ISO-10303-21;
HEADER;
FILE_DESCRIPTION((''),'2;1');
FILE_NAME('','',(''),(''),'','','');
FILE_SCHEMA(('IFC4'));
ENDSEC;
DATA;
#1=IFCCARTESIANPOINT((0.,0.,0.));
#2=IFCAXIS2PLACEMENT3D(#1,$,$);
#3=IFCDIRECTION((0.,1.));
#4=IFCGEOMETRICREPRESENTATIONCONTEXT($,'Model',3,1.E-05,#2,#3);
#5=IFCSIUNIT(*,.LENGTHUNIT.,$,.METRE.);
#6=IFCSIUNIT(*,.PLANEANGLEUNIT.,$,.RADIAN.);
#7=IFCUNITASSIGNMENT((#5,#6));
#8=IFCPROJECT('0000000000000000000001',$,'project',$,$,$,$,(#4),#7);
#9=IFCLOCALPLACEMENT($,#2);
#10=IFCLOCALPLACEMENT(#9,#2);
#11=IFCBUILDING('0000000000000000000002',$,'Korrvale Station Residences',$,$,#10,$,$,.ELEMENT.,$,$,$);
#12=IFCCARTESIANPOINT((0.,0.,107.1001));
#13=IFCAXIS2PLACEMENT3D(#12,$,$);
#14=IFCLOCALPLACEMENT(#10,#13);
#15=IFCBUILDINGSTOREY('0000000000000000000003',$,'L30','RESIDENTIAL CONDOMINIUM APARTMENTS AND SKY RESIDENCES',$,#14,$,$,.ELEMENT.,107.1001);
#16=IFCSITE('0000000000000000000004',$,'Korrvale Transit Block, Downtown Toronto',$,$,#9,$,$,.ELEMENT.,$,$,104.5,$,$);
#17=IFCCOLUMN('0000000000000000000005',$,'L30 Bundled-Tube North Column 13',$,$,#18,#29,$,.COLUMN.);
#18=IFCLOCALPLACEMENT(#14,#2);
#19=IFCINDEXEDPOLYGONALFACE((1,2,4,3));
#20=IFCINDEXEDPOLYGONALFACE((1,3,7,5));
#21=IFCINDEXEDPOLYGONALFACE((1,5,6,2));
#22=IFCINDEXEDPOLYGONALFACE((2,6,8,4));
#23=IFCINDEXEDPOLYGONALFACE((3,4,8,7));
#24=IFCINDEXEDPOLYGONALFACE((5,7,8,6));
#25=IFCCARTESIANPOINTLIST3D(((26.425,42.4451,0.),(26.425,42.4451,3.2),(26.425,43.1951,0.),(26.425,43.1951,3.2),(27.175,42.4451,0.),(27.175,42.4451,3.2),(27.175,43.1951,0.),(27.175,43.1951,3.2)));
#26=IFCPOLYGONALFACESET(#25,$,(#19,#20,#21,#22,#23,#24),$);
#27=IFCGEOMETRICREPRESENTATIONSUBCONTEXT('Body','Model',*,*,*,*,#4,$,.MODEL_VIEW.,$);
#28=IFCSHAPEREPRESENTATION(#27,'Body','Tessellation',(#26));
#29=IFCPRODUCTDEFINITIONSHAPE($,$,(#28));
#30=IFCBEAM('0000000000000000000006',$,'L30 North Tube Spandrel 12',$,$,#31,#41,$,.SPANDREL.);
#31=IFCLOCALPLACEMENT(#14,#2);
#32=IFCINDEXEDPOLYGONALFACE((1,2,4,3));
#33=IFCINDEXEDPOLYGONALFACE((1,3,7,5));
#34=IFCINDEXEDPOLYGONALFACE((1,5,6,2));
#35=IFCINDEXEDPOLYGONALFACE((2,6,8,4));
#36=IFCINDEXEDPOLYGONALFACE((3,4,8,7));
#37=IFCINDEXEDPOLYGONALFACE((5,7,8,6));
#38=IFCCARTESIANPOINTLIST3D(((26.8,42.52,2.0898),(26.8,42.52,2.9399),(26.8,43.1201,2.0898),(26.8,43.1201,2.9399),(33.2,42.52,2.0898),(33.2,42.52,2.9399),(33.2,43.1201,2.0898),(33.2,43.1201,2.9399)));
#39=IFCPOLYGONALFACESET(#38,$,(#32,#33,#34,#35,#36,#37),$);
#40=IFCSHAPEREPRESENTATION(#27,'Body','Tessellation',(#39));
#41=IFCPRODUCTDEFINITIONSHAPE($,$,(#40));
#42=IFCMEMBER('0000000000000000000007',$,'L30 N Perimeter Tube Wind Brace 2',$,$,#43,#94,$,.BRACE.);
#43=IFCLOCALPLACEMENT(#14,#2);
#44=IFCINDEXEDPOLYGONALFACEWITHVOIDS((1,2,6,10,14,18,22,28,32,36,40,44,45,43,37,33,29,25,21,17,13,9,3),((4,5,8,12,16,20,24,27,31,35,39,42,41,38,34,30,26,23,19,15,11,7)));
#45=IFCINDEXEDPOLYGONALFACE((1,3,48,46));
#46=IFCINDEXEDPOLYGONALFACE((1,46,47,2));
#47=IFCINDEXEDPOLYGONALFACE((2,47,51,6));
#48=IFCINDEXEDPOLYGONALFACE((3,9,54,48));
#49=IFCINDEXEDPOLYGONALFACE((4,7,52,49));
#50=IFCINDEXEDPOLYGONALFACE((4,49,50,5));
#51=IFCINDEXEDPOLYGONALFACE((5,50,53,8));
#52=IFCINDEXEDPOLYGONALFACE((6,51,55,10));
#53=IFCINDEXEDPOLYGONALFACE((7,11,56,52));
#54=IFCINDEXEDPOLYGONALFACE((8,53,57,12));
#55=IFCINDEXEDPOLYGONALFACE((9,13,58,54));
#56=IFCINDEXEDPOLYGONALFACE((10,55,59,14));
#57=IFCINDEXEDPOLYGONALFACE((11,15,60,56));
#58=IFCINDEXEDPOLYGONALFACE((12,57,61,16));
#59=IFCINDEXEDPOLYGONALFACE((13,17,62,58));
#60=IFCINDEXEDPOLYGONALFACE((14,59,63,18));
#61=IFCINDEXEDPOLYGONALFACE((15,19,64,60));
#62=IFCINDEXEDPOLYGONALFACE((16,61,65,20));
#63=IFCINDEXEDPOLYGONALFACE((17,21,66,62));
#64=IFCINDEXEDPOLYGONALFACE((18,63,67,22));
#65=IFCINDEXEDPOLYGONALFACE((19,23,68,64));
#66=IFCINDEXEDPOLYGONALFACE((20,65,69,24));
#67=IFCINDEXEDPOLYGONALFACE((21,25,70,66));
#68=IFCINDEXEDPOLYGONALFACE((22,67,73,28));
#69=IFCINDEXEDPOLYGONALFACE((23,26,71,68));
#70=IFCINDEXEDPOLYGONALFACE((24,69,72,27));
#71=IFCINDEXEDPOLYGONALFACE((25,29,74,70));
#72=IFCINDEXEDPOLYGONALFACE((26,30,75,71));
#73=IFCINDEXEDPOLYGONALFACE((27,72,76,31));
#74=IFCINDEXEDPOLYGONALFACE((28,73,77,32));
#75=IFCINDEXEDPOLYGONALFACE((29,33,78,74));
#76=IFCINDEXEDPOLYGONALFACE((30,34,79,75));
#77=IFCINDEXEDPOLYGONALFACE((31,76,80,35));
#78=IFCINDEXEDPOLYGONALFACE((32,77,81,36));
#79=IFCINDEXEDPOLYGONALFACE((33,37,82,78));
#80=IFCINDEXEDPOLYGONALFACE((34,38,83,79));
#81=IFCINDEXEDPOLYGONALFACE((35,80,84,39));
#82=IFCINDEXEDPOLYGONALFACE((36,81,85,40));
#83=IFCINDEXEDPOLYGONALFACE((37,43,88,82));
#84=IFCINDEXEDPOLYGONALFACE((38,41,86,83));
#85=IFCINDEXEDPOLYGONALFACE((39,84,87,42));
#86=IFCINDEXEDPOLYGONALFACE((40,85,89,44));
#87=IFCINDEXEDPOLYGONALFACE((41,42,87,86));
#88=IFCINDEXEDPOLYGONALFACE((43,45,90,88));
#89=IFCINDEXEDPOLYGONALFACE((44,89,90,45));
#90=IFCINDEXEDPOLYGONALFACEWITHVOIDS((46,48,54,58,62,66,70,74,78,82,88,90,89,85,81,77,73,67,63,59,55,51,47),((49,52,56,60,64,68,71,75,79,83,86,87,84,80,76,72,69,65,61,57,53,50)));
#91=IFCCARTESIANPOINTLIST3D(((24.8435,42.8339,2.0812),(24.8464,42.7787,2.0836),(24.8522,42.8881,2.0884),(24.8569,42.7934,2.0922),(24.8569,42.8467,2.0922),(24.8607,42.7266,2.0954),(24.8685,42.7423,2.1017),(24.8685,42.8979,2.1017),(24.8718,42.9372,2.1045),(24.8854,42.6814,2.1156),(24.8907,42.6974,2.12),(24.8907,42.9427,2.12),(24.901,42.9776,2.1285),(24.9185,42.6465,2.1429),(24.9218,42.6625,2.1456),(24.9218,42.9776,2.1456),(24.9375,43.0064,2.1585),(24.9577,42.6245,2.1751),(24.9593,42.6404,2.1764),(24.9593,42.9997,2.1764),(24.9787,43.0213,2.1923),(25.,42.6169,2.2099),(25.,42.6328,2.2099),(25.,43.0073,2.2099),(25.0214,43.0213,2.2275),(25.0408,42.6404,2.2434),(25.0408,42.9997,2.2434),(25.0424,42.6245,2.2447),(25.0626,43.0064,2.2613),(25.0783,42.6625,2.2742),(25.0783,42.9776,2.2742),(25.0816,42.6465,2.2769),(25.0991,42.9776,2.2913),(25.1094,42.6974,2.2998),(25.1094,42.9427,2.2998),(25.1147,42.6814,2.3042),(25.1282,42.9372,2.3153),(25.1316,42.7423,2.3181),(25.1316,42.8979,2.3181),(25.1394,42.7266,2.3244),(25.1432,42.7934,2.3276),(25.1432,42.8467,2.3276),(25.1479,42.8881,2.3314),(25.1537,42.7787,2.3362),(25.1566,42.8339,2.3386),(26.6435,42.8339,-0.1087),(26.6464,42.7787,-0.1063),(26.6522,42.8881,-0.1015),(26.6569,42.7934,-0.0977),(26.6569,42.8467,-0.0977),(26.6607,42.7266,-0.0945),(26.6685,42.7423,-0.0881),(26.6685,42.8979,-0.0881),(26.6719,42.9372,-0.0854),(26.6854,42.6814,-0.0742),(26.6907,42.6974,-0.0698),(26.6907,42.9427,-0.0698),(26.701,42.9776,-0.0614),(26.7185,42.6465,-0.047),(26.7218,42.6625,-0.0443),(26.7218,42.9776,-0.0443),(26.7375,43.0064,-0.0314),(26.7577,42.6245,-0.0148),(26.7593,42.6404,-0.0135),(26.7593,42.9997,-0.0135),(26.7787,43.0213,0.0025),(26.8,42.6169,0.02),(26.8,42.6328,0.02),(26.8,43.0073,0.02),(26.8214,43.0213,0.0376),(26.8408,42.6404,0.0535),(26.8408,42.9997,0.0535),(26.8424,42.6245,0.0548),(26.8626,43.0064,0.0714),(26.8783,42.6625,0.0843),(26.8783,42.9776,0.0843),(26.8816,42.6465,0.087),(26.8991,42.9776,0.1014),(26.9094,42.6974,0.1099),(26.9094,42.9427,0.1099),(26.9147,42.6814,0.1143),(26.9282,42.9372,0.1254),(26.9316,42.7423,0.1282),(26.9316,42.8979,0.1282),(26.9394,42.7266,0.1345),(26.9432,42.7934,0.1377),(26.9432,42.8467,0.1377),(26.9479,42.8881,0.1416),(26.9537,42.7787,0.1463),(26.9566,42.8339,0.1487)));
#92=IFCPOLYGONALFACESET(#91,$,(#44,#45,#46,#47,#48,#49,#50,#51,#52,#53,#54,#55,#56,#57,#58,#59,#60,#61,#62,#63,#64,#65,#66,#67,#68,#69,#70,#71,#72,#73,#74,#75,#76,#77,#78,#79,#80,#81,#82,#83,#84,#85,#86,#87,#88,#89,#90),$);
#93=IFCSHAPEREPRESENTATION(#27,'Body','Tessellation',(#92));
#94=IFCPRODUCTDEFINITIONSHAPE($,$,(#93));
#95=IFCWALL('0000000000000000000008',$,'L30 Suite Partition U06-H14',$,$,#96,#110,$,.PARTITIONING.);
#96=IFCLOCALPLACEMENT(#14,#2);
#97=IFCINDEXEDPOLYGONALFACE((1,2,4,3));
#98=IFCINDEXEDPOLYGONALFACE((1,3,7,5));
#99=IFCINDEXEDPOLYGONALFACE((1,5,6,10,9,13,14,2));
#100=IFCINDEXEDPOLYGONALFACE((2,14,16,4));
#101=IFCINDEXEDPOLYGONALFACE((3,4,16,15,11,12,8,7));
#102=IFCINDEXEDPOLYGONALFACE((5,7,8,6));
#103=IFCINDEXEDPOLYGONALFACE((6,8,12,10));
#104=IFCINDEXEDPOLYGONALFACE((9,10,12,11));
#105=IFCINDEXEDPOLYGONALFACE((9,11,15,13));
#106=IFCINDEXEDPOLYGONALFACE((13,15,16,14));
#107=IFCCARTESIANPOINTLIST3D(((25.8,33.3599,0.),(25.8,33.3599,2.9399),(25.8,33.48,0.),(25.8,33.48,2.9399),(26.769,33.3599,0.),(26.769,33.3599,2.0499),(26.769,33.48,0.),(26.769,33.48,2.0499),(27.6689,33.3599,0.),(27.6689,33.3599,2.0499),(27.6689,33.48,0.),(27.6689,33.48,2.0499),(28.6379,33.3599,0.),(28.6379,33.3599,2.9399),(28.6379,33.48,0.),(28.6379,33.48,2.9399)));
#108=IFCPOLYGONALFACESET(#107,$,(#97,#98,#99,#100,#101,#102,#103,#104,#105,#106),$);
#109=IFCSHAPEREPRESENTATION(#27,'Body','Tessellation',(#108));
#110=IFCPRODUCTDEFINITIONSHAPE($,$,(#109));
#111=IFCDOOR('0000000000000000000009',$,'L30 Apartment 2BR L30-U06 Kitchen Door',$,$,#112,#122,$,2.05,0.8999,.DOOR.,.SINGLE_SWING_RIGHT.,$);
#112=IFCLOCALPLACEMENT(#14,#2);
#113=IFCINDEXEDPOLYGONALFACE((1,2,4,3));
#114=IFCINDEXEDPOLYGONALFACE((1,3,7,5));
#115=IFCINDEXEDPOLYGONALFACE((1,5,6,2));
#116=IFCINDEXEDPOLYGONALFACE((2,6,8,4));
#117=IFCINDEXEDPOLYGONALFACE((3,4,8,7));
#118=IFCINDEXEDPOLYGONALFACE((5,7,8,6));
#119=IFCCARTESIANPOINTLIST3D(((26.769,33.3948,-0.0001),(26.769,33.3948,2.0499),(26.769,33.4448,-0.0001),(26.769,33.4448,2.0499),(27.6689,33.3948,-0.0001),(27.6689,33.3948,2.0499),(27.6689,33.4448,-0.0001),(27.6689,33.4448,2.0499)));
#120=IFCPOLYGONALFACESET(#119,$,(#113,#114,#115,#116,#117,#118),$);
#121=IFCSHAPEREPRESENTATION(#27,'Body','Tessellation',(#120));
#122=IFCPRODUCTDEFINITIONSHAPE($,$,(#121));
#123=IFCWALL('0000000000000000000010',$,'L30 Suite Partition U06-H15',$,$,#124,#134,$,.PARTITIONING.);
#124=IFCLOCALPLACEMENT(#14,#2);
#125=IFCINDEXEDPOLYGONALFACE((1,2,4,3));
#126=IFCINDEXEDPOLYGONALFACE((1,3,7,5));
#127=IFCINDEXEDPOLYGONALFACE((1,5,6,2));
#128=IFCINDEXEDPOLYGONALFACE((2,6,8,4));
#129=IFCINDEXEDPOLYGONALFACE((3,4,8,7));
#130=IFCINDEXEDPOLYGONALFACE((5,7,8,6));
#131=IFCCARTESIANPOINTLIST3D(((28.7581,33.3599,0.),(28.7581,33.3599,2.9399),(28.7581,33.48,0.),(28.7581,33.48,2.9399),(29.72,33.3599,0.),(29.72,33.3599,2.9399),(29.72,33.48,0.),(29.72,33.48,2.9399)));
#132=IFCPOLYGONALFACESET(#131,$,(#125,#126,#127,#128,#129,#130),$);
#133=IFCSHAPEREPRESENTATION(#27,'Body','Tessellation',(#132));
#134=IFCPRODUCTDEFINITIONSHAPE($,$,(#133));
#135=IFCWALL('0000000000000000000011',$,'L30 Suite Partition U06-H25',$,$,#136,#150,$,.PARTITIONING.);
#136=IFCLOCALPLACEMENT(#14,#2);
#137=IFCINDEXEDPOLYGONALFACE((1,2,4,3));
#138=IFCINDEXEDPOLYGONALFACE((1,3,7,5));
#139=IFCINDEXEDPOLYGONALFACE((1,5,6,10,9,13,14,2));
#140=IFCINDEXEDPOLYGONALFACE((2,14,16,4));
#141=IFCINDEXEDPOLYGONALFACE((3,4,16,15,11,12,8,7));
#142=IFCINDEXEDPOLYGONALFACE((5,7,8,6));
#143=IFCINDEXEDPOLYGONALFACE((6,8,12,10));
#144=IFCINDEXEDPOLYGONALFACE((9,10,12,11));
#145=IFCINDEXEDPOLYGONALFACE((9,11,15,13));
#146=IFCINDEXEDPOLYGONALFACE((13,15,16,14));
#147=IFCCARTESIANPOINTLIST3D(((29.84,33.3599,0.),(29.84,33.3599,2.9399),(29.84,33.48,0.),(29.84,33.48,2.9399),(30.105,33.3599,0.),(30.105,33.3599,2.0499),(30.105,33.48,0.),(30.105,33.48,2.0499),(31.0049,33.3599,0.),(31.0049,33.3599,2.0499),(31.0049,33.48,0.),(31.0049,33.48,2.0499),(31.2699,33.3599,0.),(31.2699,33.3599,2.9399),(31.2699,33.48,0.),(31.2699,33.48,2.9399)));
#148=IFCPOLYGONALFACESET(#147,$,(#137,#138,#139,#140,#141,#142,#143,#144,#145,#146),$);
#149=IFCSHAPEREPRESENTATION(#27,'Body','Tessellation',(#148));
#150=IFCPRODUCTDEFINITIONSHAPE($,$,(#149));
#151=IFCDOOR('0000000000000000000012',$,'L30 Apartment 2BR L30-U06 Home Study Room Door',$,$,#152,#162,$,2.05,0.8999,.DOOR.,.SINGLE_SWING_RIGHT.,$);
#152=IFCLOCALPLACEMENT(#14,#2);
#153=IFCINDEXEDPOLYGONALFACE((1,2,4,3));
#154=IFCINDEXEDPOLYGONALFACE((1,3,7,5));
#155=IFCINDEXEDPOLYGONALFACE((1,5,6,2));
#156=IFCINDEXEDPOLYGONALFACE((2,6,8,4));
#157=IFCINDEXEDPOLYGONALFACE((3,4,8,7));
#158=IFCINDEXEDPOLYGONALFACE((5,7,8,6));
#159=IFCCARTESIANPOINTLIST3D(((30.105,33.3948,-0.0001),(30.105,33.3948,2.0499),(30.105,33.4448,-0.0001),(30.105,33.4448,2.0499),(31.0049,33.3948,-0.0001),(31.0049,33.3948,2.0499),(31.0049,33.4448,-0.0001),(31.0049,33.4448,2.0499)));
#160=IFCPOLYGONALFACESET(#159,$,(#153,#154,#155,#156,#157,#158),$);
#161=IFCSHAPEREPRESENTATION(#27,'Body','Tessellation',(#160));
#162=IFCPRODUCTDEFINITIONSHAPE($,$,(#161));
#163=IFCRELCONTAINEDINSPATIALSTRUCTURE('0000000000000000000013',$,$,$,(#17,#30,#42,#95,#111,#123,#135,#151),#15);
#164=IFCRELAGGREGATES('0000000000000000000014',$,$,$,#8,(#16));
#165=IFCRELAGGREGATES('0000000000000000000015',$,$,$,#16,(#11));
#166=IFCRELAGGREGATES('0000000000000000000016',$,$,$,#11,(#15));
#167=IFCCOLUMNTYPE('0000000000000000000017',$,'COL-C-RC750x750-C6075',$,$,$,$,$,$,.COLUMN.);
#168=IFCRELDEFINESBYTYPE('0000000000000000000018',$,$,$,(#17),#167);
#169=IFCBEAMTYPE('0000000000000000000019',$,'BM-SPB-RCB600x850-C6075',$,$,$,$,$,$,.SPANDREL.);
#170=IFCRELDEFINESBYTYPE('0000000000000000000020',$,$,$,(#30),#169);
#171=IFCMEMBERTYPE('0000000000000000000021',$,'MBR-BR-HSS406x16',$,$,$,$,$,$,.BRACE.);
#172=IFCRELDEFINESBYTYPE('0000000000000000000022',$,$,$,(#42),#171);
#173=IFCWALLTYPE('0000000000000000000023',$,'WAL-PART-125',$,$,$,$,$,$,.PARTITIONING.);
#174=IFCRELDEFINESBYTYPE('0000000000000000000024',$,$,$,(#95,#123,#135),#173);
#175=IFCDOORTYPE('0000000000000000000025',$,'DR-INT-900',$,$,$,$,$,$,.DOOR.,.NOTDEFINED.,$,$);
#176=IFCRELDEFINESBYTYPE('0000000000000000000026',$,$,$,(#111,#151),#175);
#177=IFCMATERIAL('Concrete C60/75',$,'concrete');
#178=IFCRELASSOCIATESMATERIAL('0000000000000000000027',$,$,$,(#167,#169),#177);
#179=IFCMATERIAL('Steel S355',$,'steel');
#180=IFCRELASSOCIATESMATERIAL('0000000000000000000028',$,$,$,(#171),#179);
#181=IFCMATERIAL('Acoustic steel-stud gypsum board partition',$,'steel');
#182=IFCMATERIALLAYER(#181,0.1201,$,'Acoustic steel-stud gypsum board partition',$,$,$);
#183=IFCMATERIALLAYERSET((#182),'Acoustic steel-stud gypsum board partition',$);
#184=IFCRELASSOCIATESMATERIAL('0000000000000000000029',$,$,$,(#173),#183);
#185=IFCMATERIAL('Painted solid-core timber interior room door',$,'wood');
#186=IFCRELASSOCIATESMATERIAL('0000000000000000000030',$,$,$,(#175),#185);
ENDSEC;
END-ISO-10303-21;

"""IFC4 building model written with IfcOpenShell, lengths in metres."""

from ifc_helpers import new_model, si_unit, direction, frame, frame_2d, origin, origin_2d, place, context, subcontext, project, spatial, rectangle, hollow_circle, extrude, material, layer, layer_set, material_profile, profile_set, type_object, element, fill, save


model = new_model("IFC4")

# Units and contexts
model_context = context("Model", 3, precision=1e-05, world=origin(), true_north=direction((0.0, 1.0)))
body_context = subcontext(model_context, "Body", "Model", "MODEL_VIEW")
ifc_project = project(units=[si_unit("LENGTHUNIT", "METRE"), si_unit("PLANEANGLEUNIT", "RADIAN")], contexts=[model_context])

# Site, building, storey
site_placement = place(None, origin())
site = spatial("IfcSite", under=ifc_project, at=site_placement, Name="Korrvale Transit Block, Downtown Toronto", CompositionType="ELEMENT", RefElevation=104.5)
building_placement = place(site_placement, origin())
building = spatial("IfcBuilding", under=site, at=building_placement, Name="Korrvale Station Residences", CompositionType="ELEMENT")
storey_placement = place(building_placement, frame((0.0, 0.0, 107.1001)))
storey = spatial("IfcBuildingStorey", under=building, at=storey_placement, Name="L30", Description="RESIDENTIAL CONDOMINIUM APARTMENTS AND SKY RESIDENCES", CompositionType="ELEMENT", Elevation=107.1001)

# Column
ifc_material_1 = material(Name="Concrete C60/75", Category="concrete")
ifc_material_profile_1 = material_profile(ifc_material_1, rectangle(XDim=0.75, YDim=0.75, at=origin_2d()), Name="RC750x750")
ifc_profile_set_1 = profile_set([ifc_material_profile_1], Name="Concrete C60/75")
column_type = type_object("IfcColumnType", Name="COL-C-RC750x750-C6075", PredefinedType="COLUMN", material=ifc_profile_set_1)
column_placement = place(storey_placement, frame((26.8, 42.8201, 0.0), z_axis=(0.0, 0.0, 1.0), x_axis=(1.0, 0.0, 0.0)))
element("IfcColumn", 1, at=column_placement, inside=storey, type_object=column_type, Name="L30 Bundled-Tube North Column 13", PredefinedType="COLUMN", context=body_context, shape_type="SweptSolid", body=[
    extrude(rectangle(XDim=0.75, YDim=0.75, at=origin_2d()), origin(), (0.0, 0.0, 1.0), 3.2),
])

# Beam
ifc_material_profile_2 = material_profile(ifc_material_1, rectangle(XDim=0.6001, YDim=0.8501, at=origin_2d()), Name="RCB600x850")
ifc_profile_set_2 = profile_set([ifc_material_profile_2], Name="Concrete C60/75")
beam_type = type_object("IfcBeamType", Name="BM-SPB-RCB600x850-C6075", PredefinedType="SPANDREL", material=ifc_profile_set_2)
beam_placement = place(storey_placement, frame((26.8, 42.8201, 2.5149), z_axis=(1.0, 0.0, 0.0), x_axis=(0.0, 1.0, 0.0)))
element("IfcBeam", 2, at=beam_placement, inside=storey, type_object=beam_type, Name="L30 North Tube Spandrel 12", PredefinedType="SPANDREL", context=body_context, shape_type="SweptSolid", body=[
    extrude(rectangle(XDim=0.6001, YDim=0.8501, at=origin_2d()), origin(), (0.0, 0.0, 1.0), 6.3999),
])

# Member
ifc_material_2 = material(Name="Steel S355", Category="steel")
ifc_material_profile_3 = material_profile(ifc_material_2, hollow_circle(Radius=0.2031, WallThickness=0.0159, at=origin_2d()), Name="HSS406x16")
ifc_profile_set_3 = profile_set([ifc_material_profile_3], Name="Steel S355")
member_type = type_object("IfcMemberType", Name="MBR-BR-HSS406x16", PredefinedType="BRACE", material=ifc_profile_set_3)
member_placement = place(storey_placement, frame((26.8, 42.8201, 0.02), z_axis=(-0.634985, 0.0, 0.772524), x_axis=(0.0, -1.0, 0.0)))
element("IfcMember", 3, at=member_placement, inside=storey, type_object=member_type, Name="L30 N Perimeter Tube Wind Brace 2", PredefinedType="BRACE", context=body_context, shape_type="SweptSolid", body=[
    extrude(hollow_circle(Radius=0.2031, WallThickness=0.0159, at=origin_2d()), origin(), (0.0, 0.0, 1.0), 2.8347),
])

# Wall, opening, door
ifc_material_3 = material(Name="Acoustic steel-stud gypsum board partition", Category="steel")
ifc_layer_1 = layer(ifc_material_3, 0.1201, Name="Acoustic steel-stud gypsum board partition")
ifc_layer_set_1 = layer_set([ifc_layer_1], Name="Acoustic steel-stud gypsum board partition")
wall_type = type_object("IfcWallType", Name="WAL-PART-125", PredefinedType="PARTITIONING", material=ifc_layer_set_1)
wall_1_placement = place(storey_placement, frame((25.8, 33.4199, 0.0), z_axis=(0.0, 0.0, 1.0), x_axis=(1.0, 0.0, 0.0)))
wall_1 = element("IfcWall", 4, at=wall_1_placement, inside=storey, type_object=wall_type, Name="L30 Suite Partition U06-H14", PredefinedType="PARTITIONING", context=body_context, shape_type="SweptSolid", body=[
    extrude(rectangle(XDim=2.8379, YDim=0.1201, at=frame_2d((1.4189, 0.0))), origin(), (0.0, 0.0, 1.0), 2.9399),
])
opening_1_placement = place(wall_1_placement, frame((0.969, 0.0, 0.0)))
opening_1 = element("IfcOpeningElement", 5, at=opening_1_placement, cuts=wall_1, PredefinedType="OPENING", context=body_context, shape_type="SweptSolid", body=[
    extrude(rectangle(XDim=0.8999, YDim=2.05, at=frame_2d((0.45, 1.0249))), frame((0.0, 0.0701, 0.0), z_axis=(0.0, -1.0, 0.0), x_axis=(1.0, 0.0, 0.0)), (0.0, 0.0, 1.0), 0.1401),
])
ifc_material_4 = material(Name="Painted solid-core timber interior room door", Category="wood")
door_type = type_object("IfcDoorType", Name="DR-INT-900", OperationType="NOTDEFINED", PredefinedType="DOOR", material=ifc_material_4)
door_1_placement = place(opening_1_placement, origin())
door_1 = element("IfcDoor", 6, at=door_1_placement, inside=storey, type_object=door_type, Name="L30 Apartment 2BR L30-U06 Kitchen Door", OperationType="SINGLE_SWING_RIGHT", OverallHeight=2.05, OverallWidth=0.8999, PredefinedType="DOOR", context=body_context, shape_type="SweptSolid", body=[
    extrude(rectangle(XDim=0.8999, YDim=2.05, at=frame_2d((0.45, 1.0249))), frame((0.0, 0.0249, 0.0), z_axis=(0.0, -1.0, 0.0), x_axis=(1.0, 0.0, 0.0)), (0.0, 0.0, 1.0), 0.05),
])
fill(opening_1, door_1)

# Wall
wall_2_placement = place(storey_placement, frame((28.7581, 33.4199, 0.0), z_axis=(0.0, 0.0, 1.0), x_axis=(1.0, 0.0, 0.0)))
element("IfcWall", 7, at=wall_2_placement, inside=storey, type_object=wall_type, Name="L30 Suite Partition U06-H15", PredefinedType="PARTITIONING", context=body_context, shape_type="SweptSolid", body=[
    extrude(rectangle(XDim=0.9619, YDim=0.1201, at=frame_2d((0.481, 0.0))), origin(), (0.0, 0.0, 1.0), 2.9399),
])

# Wall, opening, door
wall_3_placement = place(storey_placement, frame((29.8401, 33.4199, 0.0), z_axis=(0.0, 0.0, 1.0), x_axis=(1.0, 0.0, 0.0)))
wall_3 = element("IfcWall", 8, at=wall_3_placement, inside=storey, type_object=wall_type, Name="L30 Suite Partition U06-H25", PredefinedType="PARTITIONING", context=body_context, shape_type="SweptSolid", body=[
    extrude(rectangle(XDim=1.4299, YDim=0.1201, at=frame_2d((0.7148, 0.0))), origin(), (0.0, 0.0, 1.0), 2.9399),
])
opening_2_placement = place(wall_3_placement, frame((0.2649, 0.0, 0.0)))
opening_2 = element("IfcOpeningElement", 9, at=opening_2_placement, cuts=wall_3, PredefinedType="OPENING", context=body_context, shape_type="SweptSolid", body=[
    extrude(rectangle(XDim=0.8999, YDim=2.05, at=frame_2d((0.45, 1.0249))), frame((0.0, 0.0701, 0.0), z_axis=(0.0, -1.0, 0.0), x_axis=(1.0, 0.0, 0.0)), (0.0, 0.0, 1.0), 0.1401),
])
door_2_placement = place(opening_2_placement, origin())
door_2 = element("IfcDoor", 10, at=door_2_placement, inside=storey, type_object=door_type, Name="L30 Apartment 2BR L30-U06 Home Study Room Door", OperationType="SINGLE_SWING_RIGHT", OverallHeight=2.05, OverallWidth=0.8999, PredefinedType="DOOR", context=body_context, shape_type="SweptSolid", body=[
    extrude(rectangle(XDim=0.8999, YDim=2.05, at=frame_2d((0.45, 1.0249))), frame((0.0, 0.0249, 0.0), z_axis=(0.0, -1.0, 0.0), x_axis=(1.0, 0.0, 0.0)), (0.0, 0.0, 1.0), 0.05),
])
fill(opening_2, door_2)

save(model, "model.ifc")
